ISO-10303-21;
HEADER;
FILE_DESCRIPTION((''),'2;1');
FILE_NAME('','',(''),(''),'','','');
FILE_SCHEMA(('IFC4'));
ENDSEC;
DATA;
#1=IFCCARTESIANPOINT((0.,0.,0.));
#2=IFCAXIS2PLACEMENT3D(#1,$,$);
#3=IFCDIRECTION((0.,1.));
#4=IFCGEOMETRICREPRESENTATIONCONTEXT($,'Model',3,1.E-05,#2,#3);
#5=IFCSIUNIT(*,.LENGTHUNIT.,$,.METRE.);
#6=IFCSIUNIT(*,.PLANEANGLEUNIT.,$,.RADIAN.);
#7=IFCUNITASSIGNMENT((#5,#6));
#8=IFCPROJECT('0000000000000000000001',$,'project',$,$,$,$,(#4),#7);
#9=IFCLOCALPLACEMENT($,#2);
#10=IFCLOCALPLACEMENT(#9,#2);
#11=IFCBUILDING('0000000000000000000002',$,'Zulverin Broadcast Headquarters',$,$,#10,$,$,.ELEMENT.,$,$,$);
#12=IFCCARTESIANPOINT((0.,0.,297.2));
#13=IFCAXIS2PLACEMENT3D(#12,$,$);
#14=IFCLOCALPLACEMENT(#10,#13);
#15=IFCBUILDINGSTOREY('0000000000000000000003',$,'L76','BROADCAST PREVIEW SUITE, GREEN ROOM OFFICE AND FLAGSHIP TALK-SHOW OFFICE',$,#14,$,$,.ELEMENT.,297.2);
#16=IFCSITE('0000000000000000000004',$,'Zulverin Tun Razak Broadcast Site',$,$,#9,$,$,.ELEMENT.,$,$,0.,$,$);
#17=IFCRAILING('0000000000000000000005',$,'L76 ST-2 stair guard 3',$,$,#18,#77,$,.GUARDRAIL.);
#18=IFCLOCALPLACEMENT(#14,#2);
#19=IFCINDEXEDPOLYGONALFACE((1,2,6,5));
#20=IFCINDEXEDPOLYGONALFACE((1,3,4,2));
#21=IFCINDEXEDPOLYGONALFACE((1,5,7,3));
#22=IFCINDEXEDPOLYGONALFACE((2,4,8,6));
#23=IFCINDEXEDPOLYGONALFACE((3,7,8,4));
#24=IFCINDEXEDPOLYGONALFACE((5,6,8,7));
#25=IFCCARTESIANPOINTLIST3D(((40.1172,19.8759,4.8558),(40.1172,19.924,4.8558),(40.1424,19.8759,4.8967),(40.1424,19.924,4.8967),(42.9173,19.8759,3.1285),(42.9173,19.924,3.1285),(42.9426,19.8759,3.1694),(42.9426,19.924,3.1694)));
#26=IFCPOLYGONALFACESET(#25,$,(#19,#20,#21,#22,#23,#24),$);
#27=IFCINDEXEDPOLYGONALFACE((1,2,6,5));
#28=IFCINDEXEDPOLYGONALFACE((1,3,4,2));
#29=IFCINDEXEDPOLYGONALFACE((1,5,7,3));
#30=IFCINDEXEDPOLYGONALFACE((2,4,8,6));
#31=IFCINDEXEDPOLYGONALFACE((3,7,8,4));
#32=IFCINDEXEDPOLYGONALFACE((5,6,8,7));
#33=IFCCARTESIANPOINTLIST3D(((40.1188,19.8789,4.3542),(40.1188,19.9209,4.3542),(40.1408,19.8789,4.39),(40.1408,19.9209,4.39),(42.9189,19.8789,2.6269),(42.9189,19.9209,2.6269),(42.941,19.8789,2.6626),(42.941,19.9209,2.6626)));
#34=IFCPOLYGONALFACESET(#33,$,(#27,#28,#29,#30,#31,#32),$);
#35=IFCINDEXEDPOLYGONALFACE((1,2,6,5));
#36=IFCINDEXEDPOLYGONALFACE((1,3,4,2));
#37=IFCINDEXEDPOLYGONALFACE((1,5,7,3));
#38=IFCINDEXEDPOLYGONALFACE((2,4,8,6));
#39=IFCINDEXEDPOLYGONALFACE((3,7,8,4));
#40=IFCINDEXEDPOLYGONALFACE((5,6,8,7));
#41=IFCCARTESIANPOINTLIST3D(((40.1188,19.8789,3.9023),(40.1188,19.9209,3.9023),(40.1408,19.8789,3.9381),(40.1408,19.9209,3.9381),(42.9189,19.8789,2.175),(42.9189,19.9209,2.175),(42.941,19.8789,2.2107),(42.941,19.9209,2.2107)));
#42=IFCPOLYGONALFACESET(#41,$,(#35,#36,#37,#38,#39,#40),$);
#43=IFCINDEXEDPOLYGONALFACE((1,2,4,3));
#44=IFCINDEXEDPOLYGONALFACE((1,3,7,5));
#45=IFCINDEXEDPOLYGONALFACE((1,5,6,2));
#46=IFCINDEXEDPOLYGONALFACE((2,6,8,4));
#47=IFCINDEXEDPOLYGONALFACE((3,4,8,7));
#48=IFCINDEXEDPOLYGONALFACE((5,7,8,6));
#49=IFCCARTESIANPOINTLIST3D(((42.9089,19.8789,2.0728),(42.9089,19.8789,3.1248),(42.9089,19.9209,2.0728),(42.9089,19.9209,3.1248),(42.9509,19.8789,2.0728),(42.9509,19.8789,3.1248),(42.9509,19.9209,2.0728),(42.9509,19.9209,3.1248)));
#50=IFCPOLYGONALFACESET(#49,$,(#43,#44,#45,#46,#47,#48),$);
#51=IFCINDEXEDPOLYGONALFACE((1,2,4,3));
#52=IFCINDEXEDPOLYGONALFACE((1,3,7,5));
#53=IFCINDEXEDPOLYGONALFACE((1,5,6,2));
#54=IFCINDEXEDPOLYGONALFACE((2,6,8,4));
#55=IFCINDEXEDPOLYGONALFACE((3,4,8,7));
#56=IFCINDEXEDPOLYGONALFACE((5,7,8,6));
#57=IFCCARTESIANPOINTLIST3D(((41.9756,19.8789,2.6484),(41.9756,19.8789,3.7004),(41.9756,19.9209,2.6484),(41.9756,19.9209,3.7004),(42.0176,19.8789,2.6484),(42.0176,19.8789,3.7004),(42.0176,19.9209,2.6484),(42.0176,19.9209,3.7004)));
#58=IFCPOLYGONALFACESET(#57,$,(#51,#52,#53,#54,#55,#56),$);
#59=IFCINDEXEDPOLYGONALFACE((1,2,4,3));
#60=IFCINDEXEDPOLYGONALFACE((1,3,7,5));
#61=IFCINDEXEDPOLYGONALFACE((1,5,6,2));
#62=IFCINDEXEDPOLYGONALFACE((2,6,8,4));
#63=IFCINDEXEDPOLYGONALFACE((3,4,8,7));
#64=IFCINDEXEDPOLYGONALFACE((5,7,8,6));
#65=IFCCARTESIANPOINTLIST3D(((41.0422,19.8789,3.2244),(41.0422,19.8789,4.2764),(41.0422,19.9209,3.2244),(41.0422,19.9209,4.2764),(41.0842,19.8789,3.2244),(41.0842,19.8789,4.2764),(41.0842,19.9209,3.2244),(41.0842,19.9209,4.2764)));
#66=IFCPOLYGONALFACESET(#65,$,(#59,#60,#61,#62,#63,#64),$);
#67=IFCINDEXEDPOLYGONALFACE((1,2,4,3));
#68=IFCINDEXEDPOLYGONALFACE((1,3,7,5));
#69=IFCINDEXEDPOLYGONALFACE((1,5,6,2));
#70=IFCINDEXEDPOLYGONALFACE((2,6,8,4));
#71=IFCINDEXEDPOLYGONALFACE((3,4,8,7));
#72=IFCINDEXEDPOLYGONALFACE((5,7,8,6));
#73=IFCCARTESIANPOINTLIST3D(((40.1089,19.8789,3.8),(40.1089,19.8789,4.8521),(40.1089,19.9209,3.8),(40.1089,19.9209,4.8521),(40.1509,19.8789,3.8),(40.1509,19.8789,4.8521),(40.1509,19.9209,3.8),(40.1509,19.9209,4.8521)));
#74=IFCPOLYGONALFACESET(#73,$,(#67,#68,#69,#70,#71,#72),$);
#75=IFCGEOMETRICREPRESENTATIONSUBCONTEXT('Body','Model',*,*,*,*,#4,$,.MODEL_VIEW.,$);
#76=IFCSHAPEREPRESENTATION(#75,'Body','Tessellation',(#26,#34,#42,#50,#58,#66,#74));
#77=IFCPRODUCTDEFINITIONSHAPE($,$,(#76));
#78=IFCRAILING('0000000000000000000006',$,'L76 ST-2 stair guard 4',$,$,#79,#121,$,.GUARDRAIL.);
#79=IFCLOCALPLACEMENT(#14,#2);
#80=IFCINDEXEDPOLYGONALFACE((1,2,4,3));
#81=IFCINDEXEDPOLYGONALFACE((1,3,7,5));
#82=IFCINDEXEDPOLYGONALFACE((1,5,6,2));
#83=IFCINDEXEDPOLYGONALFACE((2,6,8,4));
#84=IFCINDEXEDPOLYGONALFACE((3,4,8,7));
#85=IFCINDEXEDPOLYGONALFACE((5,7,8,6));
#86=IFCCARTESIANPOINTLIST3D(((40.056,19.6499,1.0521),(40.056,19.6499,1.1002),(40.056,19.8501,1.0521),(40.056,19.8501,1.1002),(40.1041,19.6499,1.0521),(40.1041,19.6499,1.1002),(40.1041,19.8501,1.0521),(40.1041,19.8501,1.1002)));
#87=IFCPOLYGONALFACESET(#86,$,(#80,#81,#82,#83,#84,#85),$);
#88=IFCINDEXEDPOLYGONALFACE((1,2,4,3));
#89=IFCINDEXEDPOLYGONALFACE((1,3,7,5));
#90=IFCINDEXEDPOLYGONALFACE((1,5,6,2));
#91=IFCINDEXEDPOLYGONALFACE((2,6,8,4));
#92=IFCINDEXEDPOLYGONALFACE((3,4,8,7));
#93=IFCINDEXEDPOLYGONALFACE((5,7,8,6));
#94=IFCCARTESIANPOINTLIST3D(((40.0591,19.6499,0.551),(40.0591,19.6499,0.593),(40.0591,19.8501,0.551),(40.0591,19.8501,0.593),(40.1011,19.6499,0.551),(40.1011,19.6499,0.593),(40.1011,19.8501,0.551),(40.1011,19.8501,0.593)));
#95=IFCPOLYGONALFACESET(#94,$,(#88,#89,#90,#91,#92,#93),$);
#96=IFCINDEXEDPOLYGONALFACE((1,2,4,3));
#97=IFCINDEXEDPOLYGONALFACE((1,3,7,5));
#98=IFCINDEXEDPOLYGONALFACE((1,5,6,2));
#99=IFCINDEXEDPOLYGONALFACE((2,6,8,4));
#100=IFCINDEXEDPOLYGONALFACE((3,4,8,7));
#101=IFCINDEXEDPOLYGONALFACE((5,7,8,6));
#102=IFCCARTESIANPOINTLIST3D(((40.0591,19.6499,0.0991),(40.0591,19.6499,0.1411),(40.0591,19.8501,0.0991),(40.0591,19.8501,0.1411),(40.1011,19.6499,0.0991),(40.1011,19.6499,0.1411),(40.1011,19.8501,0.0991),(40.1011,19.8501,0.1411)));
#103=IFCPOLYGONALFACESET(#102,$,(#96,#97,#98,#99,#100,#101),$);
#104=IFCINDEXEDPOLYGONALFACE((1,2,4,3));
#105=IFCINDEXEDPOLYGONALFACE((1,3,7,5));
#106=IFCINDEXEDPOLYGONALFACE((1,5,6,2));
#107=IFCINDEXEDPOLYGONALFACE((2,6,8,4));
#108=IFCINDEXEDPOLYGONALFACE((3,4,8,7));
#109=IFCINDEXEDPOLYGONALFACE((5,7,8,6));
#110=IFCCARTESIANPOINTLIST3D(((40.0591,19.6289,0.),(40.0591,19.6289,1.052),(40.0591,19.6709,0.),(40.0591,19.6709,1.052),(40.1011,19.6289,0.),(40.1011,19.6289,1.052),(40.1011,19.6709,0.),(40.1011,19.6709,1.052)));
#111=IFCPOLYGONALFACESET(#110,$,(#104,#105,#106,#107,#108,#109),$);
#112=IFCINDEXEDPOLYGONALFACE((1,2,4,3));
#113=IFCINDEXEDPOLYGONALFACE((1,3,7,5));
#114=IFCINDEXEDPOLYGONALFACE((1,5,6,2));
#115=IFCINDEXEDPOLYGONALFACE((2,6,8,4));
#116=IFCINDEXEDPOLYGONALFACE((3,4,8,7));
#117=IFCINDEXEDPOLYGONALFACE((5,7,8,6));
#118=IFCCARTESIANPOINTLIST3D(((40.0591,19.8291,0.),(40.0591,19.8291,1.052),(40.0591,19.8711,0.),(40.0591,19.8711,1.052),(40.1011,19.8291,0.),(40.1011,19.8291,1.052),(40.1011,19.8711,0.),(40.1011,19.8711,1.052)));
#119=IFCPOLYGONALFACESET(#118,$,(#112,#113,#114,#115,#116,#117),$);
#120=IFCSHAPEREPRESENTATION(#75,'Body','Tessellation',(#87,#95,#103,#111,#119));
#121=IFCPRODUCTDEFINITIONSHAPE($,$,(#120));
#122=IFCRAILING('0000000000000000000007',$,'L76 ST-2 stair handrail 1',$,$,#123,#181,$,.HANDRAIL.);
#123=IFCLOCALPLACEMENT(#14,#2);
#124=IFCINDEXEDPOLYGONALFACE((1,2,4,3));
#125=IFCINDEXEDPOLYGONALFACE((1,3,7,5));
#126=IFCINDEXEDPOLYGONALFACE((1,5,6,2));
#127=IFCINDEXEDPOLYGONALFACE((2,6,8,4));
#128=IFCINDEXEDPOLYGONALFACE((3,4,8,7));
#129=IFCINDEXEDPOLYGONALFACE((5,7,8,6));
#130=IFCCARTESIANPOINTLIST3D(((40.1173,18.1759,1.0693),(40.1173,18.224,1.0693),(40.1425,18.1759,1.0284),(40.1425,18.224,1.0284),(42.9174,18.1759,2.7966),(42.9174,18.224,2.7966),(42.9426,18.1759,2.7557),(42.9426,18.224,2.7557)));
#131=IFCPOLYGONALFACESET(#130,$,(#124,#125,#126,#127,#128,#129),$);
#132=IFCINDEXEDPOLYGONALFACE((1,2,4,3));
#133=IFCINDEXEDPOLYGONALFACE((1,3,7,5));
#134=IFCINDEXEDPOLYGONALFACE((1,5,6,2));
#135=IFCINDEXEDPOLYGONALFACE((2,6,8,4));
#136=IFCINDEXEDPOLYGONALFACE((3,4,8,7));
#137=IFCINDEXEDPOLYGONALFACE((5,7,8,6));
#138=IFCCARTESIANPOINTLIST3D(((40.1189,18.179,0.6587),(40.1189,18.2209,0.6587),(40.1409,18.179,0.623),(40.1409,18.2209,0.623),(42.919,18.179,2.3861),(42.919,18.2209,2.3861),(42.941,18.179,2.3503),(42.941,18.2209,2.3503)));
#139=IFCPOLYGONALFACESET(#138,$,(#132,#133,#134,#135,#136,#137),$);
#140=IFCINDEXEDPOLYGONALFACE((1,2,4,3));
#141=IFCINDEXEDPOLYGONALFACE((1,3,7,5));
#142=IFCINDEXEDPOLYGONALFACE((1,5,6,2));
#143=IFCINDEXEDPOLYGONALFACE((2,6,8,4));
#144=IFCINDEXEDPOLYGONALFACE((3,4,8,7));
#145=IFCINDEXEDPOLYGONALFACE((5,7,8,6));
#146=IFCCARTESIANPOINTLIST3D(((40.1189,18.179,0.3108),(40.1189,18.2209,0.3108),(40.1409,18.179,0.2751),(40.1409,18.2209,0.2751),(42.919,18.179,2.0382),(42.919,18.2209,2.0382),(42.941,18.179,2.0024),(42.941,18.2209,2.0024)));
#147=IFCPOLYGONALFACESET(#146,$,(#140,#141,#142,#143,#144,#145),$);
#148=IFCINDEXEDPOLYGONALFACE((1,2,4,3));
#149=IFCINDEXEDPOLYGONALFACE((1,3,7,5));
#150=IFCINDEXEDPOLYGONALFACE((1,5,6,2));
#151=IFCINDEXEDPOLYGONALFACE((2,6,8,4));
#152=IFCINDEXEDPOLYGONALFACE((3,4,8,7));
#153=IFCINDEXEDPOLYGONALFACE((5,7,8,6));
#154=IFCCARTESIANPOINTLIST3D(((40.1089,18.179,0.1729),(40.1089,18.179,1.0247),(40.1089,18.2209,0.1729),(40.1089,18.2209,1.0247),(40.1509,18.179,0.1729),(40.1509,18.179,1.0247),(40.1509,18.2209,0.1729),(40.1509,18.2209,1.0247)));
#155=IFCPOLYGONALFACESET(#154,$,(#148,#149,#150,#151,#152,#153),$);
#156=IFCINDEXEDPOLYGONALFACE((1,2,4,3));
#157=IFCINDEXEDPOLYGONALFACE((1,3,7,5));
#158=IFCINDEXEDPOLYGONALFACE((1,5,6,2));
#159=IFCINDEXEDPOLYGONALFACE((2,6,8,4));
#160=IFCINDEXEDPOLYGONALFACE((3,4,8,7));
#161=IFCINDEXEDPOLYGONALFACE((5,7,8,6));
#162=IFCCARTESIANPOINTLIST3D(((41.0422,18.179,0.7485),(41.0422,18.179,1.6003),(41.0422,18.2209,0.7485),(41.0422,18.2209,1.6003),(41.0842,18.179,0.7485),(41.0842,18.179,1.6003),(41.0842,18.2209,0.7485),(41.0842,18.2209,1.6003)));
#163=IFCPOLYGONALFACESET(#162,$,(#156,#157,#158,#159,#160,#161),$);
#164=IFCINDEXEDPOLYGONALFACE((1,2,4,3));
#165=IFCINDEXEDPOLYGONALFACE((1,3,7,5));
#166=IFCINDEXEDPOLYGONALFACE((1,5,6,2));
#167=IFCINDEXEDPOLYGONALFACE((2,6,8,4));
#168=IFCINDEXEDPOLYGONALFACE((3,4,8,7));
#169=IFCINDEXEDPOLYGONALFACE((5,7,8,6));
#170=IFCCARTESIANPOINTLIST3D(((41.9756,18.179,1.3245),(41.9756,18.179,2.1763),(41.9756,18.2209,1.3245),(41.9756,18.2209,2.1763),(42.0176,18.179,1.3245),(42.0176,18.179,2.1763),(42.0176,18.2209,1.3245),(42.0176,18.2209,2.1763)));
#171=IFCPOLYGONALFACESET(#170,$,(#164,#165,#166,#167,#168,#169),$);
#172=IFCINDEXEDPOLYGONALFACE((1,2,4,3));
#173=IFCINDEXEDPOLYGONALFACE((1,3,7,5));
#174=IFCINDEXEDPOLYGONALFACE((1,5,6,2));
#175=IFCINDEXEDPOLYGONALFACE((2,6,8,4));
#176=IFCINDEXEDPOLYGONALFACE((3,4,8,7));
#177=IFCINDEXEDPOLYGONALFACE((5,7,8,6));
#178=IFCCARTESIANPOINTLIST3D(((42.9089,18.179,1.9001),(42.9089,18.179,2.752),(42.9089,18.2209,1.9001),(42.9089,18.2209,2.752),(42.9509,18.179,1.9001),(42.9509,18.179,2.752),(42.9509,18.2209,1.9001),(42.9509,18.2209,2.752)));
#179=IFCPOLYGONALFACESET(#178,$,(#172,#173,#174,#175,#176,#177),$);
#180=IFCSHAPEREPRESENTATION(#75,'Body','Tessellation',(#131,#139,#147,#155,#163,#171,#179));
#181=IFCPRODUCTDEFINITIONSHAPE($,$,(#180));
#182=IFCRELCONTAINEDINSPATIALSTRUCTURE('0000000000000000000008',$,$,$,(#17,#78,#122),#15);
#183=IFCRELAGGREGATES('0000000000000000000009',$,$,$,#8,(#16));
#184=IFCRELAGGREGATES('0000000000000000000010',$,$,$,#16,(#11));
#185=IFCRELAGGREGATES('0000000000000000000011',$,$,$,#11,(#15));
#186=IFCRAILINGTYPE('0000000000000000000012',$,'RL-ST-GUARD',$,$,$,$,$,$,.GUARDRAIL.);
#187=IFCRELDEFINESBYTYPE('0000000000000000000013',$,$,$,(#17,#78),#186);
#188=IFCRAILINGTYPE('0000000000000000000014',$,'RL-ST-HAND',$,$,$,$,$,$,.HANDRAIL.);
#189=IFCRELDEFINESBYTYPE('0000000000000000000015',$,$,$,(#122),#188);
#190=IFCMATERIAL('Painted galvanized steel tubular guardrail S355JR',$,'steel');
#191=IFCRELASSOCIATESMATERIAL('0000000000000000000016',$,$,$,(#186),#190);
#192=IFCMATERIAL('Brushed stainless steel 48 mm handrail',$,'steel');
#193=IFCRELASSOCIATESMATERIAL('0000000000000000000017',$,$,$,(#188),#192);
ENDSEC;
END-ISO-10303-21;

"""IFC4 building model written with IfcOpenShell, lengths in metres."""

from ifc_helpers import new_model, si_unit, direction, frame, origin, origin_2d, place, context, subcontext, project, spatial, rectangle, extrude, material, type_object, element, save


model = new_model("IFC4")

# Units and contexts
model_context = context("Model", 3, precision=1e-05, world=origin(), true_north=direction((0.0, 1.0)))
body_context = subcontext(model_context, "Body", "Model", "MODEL_VIEW")
ifc_project = project(units=[si_unit("LENGTHUNIT", "METRE"), si_unit("PLANEANGLEUNIT", "RADIAN")], contexts=[model_context])

# Site, building, storey
site_placement = place(None, origin())
site = spatial("IfcSite", under=ifc_project, at=site_placement, Name="Zulverin Tun Razak Broadcast Site", CompositionType="ELEMENT", RefElevation=0.0)
building_placement = place(site_placement, origin())
building = spatial("IfcBuilding", under=site, at=building_placement, Name="Zulverin Broadcast Headquarters", CompositionType="ELEMENT")
storey_placement = place(building_placement, frame((0.0, 0.0, 297.2)))
storey = spatial("IfcBuildingStorey", under=building, at=storey_placement, Name="L76", Description="BROADCAST PREVIEW SUITE, GREEN ROOM OFFICE AND FLAGSHIP TALK-SHOW OFFICE", CompositionType="ELEMENT", Elevation=297.2)

# Railings
ifc_material_1 = material(Name="Painted galvanized steel tubular guardrail S355JR", Category="steel")
railing_type_1 = type_object("IfcRailingType", Name="RL-ST-GUARD", PredefinedType="GUARDRAIL", material=ifc_material_1)
railing_1_placement = place(storey_placement, frame((42.9299, 19.8999, 2.0728)))
element("IfcRailing", 1, at=railing_1_placement, inside=storey, type_object=railing_type_1, Name="L76 ST-2 stair guard 3", PredefinedType="GUARDRAIL", context=body_context, shape_type="SweptSolid", body=[
    extrude(rectangle(XDim=0.0481, YDim=0.0481, at=origin_2d()), frame((0.0, 0.0, 1.0762), z_axis=(-0.85109, 0.0, 0.52502), x_axis=(0.0, -1.0, 0.0)), (0.0, 0.0, 1.0), 3.29),
    extrude(rectangle(XDim=0.042, YDim=0.042, at=origin_2d()), frame((0.0, 0.0, 0.572), z_axis=(-0.85109, 0.0, 0.52502), x_axis=(0.0, -1.0, 0.0)), (0.0, 0.0, 1.0), 3.29),
    extrude(rectangle(XDim=0.042, YDim=0.042, at=origin_2d()), frame((0.0, 0.0, 0.1201), z_axis=(-0.85109, 0.0, 0.52502), x_axis=(0.0, -1.0, 0.0)), (0.0, 0.0, 1.0), 3.29),
    extrude(rectangle(XDim=0.042, YDim=0.042, at=origin_2d()), origin(), (0.0, 0.0, 1.0), 1.052),
    extrude(rectangle(XDim=0.042, YDim=0.042, at=origin_2d()), frame((-0.9333, 0.0, 0.5757)), (0.0, 0.0, 1.0), 1.052),
    extrude(rectangle(XDim=0.042, YDim=0.042, at=origin_2d()), frame((-1.8667, 0.0, 1.1516)), (0.0, 0.0, 1.0), 1.052),
    extrude(rectangle(XDim=0.042, YDim=0.042, at=origin_2d()), frame((-2.8, 0.0, 1.7273)), (0.0, 0.0, 1.0), 1.052),
])
railing_2_placement = place(storey_placement, frame((40.0801, 19.6499, 0.0)))
element("IfcRailing", 2, at=railing_2_placement, inside=storey, type_object=railing_type_1, Name="L76 ST-2 stair guard 4", PredefinedType="GUARDRAIL", context=body_context, shape_type="SweptSolid", body=[
    extrude(rectangle(XDim=0.0481, YDim=0.0481, at=origin_2d()), frame((0.0, 0.0, 1.0762), z_axis=(0.0, 1.0, 0.0), x_axis=(-1.0, 0.0, 0.0)), (0.0, 0.0, 1.0), 0.2002),
    extrude(rectangle(XDim=0.042, YDim=0.042, at=origin_2d()), frame((0.0, 0.0, 0.572), z_axis=(0.0, 1.0, 0.0), x_axis=(-1.0, 0.0, 0.0)), (0.0, 0.0, 1.0), 0.2002),
    extrude(rectangle(XDim=0.042, YDim=0.042, at=origin_2d()), frame((0.0, 0.0, 0.1201), z_axis=(0.0, 1.0, 0.0), x_axis=(-1.0, 0.0, 0.0)), (0.0, 0.0, 1.0), 0.2002),
    extrude(rectangle(XDim=0.042, YDim=0.042, at=origin_2d()), origin(), (0.0, 0.0, 1.0), 1.052),
    extrude(rectangle(XDim=0.042, YDim=0.042, at=origin_2d()), frame((0.0, 0.2002, 0.0)), (0.0, 0.0, 1.0), 1.052),
])
ifc_material_2 = material(Name="Brushed stainless steel 48 mm handrail", Category="steel")
railing_type_2 = type_object("IfcRailingType", Name="RL-ST-HAND", PredefinedType="HANDRAIL", material=ifc_material_2)
railing_3_placement = place(storey_placement, frame((40.1299, 18.2, 0.1729)))
element("IfcRailing", 3, at=railing_3_placement, inside=storey, type_object=railing_type_2, Name="L76 ST-2 stair handrail 1", PredefinedType="HANDRAIL", context=body_context, shape_type="SweptSolid", body=[
    extrude(rectangle(XDim=0.0481, YDim=0.0481, at=origin_2d()), frame((0.0, 0.0, 0.876), z_axis=(0.85109, 0.0, 0.52502), x_axis=(0.0, 1.0, 0.0)), (0.0, 0.0, 1.0), 3.29),
    extrude(rectangle(XDim=0.042, YDim=0.042, at=origin_2d()), frame((0.0, 0.0, 0.468), z_axis=(0.85109, 0.0, 0.52502), x_axis=(0.0, 1.0, 0.0)), (0.0, 0.0, 1.0), 3.29),
    extrude(rectangle(XDim=0.042, YDim=0.042, at=origin_2d()), frame((0.0, 0.0, 0.1201), z_axis=(0.85109, 0.0, 0.52502), x_axis=(0.0, 1.0, 0.0)), (0.0, 0.0, 1.0), 3.29),
    extrude(rectangle(XDim=0.042, YDim=0.042, at=origin_2d()), origin(), (0.0, 0.0, 1.0), 0.8518),
    extrude(rectangle(XDim=0.042, YDim=0.042, at=origin_2d()), frame((0.9333, 0.0, 0.5757)), (0.0, 0.0, 1.0), 0.8518),
    extrude(rectangle(XDim=0.042, YDim=0.042, at=origin_2d()), frame((1.8667, 0.0, 1.1516)), (0.0, 0.0, 1.0), 0.8518),
    extrude(rectangle(XDim=0.042, YDim=0.042, at=origin_2d()), frame((2.8, 0.0, 1.7273)), (0.0, 0.0, 1.0), 0.8518),
])

save(model, "model.ifc")
